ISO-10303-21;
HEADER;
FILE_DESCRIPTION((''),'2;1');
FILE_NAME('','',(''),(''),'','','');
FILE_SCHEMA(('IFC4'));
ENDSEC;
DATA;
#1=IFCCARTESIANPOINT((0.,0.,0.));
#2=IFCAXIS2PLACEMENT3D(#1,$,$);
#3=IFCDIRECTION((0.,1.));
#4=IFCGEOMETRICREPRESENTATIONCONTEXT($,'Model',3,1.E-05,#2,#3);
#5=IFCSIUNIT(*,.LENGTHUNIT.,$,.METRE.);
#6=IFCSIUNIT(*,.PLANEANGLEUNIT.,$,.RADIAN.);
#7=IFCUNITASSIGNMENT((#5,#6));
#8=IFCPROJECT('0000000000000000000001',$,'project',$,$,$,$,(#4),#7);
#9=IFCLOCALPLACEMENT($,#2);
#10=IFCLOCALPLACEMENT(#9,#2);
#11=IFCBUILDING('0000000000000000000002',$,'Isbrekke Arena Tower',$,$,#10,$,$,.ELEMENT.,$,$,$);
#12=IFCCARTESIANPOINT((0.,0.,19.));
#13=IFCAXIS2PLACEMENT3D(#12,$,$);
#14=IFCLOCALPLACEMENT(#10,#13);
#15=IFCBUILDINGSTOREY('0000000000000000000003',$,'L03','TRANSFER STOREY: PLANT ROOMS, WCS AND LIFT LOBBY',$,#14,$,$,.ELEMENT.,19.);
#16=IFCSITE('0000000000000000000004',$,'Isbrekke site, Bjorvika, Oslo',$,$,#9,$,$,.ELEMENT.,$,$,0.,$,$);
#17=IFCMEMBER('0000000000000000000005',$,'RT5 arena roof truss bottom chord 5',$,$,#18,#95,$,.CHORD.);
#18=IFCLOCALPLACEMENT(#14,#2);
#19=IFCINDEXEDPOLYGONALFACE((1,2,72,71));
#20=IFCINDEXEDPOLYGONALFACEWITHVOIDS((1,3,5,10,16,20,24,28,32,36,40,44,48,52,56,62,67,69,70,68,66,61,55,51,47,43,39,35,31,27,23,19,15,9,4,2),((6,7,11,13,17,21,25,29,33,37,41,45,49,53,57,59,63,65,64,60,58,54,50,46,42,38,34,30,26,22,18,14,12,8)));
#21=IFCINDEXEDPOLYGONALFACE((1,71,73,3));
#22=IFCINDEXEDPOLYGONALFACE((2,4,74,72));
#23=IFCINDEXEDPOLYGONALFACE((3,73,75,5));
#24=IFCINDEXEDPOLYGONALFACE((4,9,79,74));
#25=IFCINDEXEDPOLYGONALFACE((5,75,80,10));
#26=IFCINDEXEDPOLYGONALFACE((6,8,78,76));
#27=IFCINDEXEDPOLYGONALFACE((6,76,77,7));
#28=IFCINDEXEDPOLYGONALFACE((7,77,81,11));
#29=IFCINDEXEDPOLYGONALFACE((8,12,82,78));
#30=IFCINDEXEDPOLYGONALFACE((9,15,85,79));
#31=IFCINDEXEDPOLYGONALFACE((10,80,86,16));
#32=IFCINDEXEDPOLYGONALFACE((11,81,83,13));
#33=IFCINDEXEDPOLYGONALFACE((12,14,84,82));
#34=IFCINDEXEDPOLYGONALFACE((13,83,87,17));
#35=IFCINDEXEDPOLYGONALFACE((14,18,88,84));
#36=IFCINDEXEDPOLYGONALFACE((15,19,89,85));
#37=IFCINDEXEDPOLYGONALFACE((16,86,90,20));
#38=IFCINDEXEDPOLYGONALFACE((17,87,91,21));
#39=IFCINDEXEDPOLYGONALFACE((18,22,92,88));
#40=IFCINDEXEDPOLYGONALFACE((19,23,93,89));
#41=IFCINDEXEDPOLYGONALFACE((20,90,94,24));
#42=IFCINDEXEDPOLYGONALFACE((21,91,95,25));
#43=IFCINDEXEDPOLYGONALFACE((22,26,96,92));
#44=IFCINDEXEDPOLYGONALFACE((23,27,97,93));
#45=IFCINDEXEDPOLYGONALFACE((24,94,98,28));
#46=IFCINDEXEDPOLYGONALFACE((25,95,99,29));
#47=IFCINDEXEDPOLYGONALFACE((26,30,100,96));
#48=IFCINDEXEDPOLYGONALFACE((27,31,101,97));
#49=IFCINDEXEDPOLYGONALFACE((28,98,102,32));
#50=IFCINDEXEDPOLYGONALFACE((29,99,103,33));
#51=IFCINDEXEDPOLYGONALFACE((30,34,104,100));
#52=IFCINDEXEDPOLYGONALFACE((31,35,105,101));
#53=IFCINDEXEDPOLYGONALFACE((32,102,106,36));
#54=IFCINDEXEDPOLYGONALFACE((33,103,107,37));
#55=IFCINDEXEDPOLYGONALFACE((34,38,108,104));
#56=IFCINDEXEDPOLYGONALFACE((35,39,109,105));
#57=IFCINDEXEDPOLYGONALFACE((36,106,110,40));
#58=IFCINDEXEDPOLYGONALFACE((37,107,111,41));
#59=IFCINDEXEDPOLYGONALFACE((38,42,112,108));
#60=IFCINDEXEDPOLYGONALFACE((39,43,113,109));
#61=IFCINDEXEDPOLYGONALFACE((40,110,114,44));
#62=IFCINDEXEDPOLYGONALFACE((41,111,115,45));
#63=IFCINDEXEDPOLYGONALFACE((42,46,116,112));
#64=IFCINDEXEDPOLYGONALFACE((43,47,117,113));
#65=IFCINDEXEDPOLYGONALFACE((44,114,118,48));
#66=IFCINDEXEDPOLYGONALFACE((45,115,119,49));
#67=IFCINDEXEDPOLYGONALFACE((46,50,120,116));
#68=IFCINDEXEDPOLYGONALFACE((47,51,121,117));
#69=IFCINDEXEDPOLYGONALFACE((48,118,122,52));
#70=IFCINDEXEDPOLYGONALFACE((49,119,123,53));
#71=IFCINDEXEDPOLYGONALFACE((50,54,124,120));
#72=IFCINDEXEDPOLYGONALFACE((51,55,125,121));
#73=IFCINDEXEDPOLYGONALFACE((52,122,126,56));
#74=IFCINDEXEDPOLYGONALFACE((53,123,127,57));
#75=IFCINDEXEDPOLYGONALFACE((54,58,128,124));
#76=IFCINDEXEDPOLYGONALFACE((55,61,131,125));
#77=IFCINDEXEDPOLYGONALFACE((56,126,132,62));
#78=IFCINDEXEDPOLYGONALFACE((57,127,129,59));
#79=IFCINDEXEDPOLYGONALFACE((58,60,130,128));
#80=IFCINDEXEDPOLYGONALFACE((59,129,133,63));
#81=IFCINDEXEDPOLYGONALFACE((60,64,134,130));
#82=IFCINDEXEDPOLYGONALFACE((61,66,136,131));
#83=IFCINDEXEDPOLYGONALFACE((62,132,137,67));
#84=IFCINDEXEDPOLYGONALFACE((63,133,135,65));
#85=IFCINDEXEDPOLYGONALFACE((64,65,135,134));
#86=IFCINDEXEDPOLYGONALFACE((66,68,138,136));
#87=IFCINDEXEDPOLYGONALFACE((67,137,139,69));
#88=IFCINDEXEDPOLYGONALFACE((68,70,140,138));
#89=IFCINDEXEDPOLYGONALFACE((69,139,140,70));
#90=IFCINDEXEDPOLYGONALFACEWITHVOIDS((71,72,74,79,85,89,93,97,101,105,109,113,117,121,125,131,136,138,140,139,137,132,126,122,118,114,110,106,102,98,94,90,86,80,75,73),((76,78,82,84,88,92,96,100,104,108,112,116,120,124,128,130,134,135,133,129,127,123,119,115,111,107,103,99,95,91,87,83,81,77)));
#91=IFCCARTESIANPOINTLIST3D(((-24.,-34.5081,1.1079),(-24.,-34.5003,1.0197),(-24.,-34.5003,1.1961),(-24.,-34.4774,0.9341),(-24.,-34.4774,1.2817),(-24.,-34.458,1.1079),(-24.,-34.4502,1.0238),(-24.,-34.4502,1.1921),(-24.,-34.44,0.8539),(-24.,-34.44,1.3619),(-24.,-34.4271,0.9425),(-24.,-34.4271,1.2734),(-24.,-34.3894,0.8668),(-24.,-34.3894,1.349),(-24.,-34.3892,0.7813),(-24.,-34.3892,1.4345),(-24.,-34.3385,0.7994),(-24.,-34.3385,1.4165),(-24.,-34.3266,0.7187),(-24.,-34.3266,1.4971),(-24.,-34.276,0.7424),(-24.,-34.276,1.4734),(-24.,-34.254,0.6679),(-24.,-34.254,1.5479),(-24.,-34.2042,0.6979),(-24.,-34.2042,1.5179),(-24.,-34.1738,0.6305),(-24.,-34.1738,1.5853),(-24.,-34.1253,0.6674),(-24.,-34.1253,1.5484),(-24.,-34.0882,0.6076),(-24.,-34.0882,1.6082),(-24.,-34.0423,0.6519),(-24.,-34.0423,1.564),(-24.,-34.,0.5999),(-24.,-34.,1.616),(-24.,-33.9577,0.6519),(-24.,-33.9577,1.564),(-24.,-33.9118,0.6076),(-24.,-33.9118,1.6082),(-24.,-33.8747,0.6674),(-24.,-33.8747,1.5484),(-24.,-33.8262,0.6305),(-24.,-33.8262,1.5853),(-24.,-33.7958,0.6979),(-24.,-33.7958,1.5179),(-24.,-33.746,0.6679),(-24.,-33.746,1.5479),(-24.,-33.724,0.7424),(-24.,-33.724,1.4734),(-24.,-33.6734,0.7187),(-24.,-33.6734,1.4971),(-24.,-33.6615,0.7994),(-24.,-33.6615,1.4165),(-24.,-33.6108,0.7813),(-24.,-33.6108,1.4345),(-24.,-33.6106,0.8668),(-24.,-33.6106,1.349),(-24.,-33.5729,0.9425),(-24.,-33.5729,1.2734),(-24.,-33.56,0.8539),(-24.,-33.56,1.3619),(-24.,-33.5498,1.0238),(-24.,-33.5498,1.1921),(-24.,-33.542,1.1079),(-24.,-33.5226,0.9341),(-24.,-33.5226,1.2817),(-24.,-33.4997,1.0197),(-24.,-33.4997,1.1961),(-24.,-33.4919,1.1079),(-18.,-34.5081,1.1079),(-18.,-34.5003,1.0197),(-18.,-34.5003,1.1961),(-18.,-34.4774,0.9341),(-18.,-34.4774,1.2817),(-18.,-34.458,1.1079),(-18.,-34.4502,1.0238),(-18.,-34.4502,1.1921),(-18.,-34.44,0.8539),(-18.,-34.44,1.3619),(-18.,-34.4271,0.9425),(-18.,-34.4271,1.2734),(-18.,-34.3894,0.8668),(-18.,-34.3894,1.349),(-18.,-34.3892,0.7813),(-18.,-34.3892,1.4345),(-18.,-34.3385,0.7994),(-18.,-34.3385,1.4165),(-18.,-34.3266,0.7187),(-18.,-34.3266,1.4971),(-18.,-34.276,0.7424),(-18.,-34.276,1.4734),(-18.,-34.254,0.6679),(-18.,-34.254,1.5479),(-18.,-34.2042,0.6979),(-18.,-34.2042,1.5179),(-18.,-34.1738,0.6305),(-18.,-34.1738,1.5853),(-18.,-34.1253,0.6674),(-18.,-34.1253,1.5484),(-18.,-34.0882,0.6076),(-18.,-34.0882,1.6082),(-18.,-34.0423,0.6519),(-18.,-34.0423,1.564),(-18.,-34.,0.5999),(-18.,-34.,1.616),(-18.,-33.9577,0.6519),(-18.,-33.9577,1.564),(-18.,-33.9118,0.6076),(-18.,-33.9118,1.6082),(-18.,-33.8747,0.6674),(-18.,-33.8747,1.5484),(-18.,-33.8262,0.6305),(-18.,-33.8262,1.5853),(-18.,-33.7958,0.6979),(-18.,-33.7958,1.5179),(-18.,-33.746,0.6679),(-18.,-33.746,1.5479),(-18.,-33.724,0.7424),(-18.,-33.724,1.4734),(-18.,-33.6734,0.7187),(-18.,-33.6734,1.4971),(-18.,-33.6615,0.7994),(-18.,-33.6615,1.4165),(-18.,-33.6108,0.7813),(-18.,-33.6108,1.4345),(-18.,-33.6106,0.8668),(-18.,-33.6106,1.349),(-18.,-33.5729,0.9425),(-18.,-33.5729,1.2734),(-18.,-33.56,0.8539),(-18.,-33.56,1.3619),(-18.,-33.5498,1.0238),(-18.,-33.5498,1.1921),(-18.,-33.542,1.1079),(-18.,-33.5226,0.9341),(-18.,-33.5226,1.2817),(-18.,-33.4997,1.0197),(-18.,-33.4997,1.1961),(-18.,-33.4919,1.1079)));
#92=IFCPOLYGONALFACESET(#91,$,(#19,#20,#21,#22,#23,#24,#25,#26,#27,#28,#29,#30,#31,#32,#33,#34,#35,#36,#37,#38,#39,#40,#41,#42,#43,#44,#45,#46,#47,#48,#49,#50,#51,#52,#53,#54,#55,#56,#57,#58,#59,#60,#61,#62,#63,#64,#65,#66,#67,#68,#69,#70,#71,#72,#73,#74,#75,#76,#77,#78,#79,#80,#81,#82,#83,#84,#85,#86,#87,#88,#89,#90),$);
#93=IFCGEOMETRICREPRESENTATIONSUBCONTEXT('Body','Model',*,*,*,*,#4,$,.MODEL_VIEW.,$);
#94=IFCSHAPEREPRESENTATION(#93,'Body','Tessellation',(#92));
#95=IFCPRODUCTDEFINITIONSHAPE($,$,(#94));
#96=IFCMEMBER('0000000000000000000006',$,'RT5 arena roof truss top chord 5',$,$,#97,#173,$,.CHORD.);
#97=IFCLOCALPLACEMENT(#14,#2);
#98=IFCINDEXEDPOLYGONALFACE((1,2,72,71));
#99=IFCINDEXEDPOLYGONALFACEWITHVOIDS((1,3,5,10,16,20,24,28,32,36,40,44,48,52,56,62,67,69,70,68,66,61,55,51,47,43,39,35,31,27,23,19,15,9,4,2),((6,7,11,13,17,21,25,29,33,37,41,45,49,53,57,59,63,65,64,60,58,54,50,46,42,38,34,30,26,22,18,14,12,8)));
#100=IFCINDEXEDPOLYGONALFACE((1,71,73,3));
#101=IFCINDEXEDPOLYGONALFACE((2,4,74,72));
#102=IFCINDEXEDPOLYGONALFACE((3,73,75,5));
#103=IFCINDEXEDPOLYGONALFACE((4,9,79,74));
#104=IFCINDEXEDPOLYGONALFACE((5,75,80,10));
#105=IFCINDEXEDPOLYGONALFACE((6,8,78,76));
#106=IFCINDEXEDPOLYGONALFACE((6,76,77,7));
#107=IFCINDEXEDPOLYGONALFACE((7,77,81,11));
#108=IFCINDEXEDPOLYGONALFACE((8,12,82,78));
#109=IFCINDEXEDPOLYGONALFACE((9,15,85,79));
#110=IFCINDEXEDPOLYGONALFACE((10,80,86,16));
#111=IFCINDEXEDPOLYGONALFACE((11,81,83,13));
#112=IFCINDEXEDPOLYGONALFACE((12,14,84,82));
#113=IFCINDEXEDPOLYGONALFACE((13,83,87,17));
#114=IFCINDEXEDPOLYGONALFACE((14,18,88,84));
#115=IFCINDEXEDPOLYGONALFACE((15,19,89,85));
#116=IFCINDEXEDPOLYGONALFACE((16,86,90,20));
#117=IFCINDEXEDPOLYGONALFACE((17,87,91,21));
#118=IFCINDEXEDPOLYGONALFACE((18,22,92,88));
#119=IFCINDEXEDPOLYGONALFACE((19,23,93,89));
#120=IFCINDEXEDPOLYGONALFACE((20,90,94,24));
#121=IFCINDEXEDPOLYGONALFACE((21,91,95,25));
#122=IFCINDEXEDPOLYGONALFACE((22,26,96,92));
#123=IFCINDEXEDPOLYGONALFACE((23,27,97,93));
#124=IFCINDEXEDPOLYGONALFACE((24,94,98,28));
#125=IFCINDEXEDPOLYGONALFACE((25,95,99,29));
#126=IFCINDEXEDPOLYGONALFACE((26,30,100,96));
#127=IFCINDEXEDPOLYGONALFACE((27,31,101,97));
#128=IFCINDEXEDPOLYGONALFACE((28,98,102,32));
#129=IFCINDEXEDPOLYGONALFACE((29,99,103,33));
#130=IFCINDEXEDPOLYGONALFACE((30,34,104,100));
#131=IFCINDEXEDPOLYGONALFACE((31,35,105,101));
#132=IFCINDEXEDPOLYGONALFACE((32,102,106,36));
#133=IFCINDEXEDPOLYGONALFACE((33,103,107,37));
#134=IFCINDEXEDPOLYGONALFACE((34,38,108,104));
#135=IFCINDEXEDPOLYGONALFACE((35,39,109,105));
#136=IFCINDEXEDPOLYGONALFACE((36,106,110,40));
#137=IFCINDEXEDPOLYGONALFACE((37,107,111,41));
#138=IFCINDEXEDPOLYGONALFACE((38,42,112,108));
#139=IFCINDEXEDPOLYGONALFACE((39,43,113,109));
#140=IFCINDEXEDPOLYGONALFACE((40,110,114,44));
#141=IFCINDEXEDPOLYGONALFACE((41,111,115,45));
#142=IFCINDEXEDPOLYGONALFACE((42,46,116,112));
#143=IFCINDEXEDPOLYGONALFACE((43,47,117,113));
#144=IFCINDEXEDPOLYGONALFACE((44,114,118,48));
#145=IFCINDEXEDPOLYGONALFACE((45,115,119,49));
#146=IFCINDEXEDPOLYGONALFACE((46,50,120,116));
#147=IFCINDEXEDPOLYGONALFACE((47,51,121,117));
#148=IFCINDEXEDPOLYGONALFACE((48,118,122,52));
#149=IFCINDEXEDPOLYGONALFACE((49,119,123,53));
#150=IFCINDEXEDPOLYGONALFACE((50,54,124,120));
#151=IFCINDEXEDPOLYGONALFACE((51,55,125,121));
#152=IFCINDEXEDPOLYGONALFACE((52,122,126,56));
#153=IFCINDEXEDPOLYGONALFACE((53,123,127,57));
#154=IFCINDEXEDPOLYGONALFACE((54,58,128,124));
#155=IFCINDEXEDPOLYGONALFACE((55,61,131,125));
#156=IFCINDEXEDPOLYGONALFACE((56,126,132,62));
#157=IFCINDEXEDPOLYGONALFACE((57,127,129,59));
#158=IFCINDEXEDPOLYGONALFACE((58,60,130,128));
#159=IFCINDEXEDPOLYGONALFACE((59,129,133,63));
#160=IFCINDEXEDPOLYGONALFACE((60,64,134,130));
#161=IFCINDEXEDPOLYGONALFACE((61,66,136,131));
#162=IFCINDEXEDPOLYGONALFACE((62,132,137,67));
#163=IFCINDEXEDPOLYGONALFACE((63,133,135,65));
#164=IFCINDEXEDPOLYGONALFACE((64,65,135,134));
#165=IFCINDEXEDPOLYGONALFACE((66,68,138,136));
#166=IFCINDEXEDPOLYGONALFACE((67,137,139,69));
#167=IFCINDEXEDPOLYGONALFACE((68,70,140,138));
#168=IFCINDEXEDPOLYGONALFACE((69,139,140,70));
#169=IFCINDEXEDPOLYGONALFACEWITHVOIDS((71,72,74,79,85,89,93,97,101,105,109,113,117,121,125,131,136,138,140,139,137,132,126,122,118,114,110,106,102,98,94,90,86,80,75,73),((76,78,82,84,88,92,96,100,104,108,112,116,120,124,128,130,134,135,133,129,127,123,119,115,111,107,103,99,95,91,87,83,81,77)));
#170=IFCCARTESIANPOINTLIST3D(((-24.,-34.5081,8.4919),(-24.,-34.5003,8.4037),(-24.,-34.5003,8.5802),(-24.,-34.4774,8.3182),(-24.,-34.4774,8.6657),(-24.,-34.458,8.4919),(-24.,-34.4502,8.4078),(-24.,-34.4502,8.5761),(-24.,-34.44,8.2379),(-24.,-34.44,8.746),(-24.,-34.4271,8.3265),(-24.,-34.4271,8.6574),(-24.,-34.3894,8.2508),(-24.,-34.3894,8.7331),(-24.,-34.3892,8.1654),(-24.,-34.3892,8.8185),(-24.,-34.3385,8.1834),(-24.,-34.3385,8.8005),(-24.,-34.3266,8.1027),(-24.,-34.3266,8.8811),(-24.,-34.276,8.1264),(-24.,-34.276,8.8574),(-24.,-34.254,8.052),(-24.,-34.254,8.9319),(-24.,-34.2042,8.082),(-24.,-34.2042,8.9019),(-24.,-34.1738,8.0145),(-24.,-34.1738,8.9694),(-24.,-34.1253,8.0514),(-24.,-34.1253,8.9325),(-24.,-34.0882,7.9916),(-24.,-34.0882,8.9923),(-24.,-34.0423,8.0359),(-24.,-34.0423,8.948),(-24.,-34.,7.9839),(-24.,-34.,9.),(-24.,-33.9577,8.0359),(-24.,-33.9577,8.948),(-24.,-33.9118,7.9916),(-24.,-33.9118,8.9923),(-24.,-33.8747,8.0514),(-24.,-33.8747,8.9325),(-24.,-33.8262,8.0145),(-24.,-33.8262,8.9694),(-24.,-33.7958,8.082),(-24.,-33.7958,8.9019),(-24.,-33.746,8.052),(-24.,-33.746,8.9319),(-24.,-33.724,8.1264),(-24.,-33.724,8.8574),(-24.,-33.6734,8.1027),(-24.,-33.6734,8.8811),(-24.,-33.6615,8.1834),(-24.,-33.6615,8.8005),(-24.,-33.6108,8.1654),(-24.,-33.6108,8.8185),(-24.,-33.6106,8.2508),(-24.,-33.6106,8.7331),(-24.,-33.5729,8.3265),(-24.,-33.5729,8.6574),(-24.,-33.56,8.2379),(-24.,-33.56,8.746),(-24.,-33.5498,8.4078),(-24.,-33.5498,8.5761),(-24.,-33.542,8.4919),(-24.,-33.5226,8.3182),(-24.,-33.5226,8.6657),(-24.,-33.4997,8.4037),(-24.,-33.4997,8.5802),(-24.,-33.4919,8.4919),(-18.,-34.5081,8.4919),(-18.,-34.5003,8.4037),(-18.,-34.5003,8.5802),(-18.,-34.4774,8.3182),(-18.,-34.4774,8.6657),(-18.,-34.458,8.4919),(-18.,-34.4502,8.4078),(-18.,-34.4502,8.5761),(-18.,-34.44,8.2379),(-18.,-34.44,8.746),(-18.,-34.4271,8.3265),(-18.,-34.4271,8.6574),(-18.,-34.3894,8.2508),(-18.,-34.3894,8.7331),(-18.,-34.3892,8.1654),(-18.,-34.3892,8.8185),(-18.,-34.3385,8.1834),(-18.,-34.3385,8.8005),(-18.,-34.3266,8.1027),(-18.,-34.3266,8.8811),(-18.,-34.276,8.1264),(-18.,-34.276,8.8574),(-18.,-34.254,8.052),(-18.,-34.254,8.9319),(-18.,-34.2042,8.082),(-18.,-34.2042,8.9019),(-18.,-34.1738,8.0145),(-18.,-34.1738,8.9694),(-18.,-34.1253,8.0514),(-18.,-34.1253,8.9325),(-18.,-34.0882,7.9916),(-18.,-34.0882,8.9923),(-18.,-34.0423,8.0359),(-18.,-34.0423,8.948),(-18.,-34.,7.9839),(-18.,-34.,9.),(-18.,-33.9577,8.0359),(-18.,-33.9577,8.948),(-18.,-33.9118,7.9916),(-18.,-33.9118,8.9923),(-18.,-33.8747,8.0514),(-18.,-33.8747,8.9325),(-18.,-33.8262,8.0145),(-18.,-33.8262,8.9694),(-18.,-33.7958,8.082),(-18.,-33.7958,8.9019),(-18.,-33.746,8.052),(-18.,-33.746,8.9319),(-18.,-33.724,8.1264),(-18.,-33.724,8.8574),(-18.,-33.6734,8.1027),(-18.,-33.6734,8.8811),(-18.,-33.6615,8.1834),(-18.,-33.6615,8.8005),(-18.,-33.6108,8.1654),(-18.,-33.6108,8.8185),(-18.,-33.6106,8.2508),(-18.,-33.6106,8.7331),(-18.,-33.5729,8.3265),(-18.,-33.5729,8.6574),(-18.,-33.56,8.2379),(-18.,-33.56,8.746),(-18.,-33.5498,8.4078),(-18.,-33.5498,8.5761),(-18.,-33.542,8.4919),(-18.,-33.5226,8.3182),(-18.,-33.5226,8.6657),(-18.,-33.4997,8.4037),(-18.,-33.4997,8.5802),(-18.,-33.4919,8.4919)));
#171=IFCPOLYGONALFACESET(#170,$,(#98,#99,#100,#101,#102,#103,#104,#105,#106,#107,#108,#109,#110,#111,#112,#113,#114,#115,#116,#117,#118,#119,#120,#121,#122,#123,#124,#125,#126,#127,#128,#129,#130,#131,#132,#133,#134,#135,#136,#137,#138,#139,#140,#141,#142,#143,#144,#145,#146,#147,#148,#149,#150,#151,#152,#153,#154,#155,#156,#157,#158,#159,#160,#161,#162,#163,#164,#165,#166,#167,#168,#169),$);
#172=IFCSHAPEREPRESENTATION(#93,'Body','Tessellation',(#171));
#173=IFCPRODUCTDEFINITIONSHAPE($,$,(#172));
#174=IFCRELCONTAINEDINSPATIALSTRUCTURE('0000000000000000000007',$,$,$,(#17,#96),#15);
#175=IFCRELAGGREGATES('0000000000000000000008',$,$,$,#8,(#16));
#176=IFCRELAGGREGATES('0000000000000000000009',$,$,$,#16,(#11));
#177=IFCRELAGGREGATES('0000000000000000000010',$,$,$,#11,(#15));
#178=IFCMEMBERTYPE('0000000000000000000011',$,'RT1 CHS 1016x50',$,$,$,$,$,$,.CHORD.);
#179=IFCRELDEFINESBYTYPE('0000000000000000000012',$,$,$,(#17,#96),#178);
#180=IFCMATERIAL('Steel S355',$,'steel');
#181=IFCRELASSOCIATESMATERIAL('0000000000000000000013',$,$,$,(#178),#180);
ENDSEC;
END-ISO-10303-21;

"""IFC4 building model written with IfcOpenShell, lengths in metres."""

from ifc_helpers import new_model, si_unit, direction, frame, origin, origin_2d, place, context, subcontext, project, spatial, hollow_circle, extrude, material, material_profile, profile_set, type_object, element, save


model = new_model("IFC4")

# Units and contexts
model_context = context("Model", 3, precision=1e-05, world=origin(), true_north=direction((0.0, 1.0)))
body_context = subcontext(model_context, "Body", "Model", "MODEL_VIEW")
ifc_project = project(units=[si_unit("LENGTHUNIT", "METRE"), si_unit("PLANEANGLEUNIT", "RADIAN")], contexts=[model_context])

# Site, building, storey
site_placement = place(None, origin())
site = spatial("IfcSite", under=ifc_project, at=site_placement, Name="Isbrekke site, Bjorvika, Oslo", CompositionType="ELEMENT", RefElevation=0.0)
building_placement = place(site_placement, origin())
building = spatial("IfcBuilding", under=site, at=building_placement, Name="Isbrekke Arena Tower", CompositionType="ELEMENT")
storey_placement = place(building_placement, frame((0.0, 0.0, 19.0)))
storey = spatial("IfcBuildingStorey", under=building, at=storey_placement, Name="L03", Description="TRANSFER STOREY: PLANT ROOMS, WCS AND LIFT LOBBY", CompositionType="ELEMENT", Elevation=19.0)

# Members
ifc_material_1 = material(Name="Steel S355", Category="steel")
ifc_material_profile_1 = material_profile(ifc_material_1, hollow_circle(Radius=0.5081, WallThickness=0.05, at=origin_2d()), Name="CHS 1016x50")
ifc_profile_set_1 = profile_set([ifc_material_profile_1], Name="Steel S355")
member_type_1 = type_object("IfcMemberType", Name="RT1 CHS 1016x50", PredefinedType="CHORD", material=ifc_profile_set_1)
for number, where, z_axis, x_axis, name in (
    (1, (-24.0, -34.0, 1.1079), (1.0, 0.0, 0.0), (0.0, 1.0, 0.0), "RT5 arena roof truss bottom chord 5"),
    (2, (-24.0, -34.0, 8.4919), (1.0, 0.0, 0.0), (0.0, 1.0, 0.0), "RT5 arena roof truss top chord 5"),
):
    element("IfcMember", number, at=place(storey_placement, frame(where, z_axis=z_axis, x_axis=x_axis)), inside=storey, type_object=member_type_1, Name=name, PredefinedType="CHORD", context=body_context, shape_type="SweptSolid", body=[
        extrude(hollow_circle(Radius=0.5081, WallThickness=0.05, at=origin_2d()), origin(), (0.0, 0.0, 1.0), 6.0),
    ])

save(model, "model.ifc")
